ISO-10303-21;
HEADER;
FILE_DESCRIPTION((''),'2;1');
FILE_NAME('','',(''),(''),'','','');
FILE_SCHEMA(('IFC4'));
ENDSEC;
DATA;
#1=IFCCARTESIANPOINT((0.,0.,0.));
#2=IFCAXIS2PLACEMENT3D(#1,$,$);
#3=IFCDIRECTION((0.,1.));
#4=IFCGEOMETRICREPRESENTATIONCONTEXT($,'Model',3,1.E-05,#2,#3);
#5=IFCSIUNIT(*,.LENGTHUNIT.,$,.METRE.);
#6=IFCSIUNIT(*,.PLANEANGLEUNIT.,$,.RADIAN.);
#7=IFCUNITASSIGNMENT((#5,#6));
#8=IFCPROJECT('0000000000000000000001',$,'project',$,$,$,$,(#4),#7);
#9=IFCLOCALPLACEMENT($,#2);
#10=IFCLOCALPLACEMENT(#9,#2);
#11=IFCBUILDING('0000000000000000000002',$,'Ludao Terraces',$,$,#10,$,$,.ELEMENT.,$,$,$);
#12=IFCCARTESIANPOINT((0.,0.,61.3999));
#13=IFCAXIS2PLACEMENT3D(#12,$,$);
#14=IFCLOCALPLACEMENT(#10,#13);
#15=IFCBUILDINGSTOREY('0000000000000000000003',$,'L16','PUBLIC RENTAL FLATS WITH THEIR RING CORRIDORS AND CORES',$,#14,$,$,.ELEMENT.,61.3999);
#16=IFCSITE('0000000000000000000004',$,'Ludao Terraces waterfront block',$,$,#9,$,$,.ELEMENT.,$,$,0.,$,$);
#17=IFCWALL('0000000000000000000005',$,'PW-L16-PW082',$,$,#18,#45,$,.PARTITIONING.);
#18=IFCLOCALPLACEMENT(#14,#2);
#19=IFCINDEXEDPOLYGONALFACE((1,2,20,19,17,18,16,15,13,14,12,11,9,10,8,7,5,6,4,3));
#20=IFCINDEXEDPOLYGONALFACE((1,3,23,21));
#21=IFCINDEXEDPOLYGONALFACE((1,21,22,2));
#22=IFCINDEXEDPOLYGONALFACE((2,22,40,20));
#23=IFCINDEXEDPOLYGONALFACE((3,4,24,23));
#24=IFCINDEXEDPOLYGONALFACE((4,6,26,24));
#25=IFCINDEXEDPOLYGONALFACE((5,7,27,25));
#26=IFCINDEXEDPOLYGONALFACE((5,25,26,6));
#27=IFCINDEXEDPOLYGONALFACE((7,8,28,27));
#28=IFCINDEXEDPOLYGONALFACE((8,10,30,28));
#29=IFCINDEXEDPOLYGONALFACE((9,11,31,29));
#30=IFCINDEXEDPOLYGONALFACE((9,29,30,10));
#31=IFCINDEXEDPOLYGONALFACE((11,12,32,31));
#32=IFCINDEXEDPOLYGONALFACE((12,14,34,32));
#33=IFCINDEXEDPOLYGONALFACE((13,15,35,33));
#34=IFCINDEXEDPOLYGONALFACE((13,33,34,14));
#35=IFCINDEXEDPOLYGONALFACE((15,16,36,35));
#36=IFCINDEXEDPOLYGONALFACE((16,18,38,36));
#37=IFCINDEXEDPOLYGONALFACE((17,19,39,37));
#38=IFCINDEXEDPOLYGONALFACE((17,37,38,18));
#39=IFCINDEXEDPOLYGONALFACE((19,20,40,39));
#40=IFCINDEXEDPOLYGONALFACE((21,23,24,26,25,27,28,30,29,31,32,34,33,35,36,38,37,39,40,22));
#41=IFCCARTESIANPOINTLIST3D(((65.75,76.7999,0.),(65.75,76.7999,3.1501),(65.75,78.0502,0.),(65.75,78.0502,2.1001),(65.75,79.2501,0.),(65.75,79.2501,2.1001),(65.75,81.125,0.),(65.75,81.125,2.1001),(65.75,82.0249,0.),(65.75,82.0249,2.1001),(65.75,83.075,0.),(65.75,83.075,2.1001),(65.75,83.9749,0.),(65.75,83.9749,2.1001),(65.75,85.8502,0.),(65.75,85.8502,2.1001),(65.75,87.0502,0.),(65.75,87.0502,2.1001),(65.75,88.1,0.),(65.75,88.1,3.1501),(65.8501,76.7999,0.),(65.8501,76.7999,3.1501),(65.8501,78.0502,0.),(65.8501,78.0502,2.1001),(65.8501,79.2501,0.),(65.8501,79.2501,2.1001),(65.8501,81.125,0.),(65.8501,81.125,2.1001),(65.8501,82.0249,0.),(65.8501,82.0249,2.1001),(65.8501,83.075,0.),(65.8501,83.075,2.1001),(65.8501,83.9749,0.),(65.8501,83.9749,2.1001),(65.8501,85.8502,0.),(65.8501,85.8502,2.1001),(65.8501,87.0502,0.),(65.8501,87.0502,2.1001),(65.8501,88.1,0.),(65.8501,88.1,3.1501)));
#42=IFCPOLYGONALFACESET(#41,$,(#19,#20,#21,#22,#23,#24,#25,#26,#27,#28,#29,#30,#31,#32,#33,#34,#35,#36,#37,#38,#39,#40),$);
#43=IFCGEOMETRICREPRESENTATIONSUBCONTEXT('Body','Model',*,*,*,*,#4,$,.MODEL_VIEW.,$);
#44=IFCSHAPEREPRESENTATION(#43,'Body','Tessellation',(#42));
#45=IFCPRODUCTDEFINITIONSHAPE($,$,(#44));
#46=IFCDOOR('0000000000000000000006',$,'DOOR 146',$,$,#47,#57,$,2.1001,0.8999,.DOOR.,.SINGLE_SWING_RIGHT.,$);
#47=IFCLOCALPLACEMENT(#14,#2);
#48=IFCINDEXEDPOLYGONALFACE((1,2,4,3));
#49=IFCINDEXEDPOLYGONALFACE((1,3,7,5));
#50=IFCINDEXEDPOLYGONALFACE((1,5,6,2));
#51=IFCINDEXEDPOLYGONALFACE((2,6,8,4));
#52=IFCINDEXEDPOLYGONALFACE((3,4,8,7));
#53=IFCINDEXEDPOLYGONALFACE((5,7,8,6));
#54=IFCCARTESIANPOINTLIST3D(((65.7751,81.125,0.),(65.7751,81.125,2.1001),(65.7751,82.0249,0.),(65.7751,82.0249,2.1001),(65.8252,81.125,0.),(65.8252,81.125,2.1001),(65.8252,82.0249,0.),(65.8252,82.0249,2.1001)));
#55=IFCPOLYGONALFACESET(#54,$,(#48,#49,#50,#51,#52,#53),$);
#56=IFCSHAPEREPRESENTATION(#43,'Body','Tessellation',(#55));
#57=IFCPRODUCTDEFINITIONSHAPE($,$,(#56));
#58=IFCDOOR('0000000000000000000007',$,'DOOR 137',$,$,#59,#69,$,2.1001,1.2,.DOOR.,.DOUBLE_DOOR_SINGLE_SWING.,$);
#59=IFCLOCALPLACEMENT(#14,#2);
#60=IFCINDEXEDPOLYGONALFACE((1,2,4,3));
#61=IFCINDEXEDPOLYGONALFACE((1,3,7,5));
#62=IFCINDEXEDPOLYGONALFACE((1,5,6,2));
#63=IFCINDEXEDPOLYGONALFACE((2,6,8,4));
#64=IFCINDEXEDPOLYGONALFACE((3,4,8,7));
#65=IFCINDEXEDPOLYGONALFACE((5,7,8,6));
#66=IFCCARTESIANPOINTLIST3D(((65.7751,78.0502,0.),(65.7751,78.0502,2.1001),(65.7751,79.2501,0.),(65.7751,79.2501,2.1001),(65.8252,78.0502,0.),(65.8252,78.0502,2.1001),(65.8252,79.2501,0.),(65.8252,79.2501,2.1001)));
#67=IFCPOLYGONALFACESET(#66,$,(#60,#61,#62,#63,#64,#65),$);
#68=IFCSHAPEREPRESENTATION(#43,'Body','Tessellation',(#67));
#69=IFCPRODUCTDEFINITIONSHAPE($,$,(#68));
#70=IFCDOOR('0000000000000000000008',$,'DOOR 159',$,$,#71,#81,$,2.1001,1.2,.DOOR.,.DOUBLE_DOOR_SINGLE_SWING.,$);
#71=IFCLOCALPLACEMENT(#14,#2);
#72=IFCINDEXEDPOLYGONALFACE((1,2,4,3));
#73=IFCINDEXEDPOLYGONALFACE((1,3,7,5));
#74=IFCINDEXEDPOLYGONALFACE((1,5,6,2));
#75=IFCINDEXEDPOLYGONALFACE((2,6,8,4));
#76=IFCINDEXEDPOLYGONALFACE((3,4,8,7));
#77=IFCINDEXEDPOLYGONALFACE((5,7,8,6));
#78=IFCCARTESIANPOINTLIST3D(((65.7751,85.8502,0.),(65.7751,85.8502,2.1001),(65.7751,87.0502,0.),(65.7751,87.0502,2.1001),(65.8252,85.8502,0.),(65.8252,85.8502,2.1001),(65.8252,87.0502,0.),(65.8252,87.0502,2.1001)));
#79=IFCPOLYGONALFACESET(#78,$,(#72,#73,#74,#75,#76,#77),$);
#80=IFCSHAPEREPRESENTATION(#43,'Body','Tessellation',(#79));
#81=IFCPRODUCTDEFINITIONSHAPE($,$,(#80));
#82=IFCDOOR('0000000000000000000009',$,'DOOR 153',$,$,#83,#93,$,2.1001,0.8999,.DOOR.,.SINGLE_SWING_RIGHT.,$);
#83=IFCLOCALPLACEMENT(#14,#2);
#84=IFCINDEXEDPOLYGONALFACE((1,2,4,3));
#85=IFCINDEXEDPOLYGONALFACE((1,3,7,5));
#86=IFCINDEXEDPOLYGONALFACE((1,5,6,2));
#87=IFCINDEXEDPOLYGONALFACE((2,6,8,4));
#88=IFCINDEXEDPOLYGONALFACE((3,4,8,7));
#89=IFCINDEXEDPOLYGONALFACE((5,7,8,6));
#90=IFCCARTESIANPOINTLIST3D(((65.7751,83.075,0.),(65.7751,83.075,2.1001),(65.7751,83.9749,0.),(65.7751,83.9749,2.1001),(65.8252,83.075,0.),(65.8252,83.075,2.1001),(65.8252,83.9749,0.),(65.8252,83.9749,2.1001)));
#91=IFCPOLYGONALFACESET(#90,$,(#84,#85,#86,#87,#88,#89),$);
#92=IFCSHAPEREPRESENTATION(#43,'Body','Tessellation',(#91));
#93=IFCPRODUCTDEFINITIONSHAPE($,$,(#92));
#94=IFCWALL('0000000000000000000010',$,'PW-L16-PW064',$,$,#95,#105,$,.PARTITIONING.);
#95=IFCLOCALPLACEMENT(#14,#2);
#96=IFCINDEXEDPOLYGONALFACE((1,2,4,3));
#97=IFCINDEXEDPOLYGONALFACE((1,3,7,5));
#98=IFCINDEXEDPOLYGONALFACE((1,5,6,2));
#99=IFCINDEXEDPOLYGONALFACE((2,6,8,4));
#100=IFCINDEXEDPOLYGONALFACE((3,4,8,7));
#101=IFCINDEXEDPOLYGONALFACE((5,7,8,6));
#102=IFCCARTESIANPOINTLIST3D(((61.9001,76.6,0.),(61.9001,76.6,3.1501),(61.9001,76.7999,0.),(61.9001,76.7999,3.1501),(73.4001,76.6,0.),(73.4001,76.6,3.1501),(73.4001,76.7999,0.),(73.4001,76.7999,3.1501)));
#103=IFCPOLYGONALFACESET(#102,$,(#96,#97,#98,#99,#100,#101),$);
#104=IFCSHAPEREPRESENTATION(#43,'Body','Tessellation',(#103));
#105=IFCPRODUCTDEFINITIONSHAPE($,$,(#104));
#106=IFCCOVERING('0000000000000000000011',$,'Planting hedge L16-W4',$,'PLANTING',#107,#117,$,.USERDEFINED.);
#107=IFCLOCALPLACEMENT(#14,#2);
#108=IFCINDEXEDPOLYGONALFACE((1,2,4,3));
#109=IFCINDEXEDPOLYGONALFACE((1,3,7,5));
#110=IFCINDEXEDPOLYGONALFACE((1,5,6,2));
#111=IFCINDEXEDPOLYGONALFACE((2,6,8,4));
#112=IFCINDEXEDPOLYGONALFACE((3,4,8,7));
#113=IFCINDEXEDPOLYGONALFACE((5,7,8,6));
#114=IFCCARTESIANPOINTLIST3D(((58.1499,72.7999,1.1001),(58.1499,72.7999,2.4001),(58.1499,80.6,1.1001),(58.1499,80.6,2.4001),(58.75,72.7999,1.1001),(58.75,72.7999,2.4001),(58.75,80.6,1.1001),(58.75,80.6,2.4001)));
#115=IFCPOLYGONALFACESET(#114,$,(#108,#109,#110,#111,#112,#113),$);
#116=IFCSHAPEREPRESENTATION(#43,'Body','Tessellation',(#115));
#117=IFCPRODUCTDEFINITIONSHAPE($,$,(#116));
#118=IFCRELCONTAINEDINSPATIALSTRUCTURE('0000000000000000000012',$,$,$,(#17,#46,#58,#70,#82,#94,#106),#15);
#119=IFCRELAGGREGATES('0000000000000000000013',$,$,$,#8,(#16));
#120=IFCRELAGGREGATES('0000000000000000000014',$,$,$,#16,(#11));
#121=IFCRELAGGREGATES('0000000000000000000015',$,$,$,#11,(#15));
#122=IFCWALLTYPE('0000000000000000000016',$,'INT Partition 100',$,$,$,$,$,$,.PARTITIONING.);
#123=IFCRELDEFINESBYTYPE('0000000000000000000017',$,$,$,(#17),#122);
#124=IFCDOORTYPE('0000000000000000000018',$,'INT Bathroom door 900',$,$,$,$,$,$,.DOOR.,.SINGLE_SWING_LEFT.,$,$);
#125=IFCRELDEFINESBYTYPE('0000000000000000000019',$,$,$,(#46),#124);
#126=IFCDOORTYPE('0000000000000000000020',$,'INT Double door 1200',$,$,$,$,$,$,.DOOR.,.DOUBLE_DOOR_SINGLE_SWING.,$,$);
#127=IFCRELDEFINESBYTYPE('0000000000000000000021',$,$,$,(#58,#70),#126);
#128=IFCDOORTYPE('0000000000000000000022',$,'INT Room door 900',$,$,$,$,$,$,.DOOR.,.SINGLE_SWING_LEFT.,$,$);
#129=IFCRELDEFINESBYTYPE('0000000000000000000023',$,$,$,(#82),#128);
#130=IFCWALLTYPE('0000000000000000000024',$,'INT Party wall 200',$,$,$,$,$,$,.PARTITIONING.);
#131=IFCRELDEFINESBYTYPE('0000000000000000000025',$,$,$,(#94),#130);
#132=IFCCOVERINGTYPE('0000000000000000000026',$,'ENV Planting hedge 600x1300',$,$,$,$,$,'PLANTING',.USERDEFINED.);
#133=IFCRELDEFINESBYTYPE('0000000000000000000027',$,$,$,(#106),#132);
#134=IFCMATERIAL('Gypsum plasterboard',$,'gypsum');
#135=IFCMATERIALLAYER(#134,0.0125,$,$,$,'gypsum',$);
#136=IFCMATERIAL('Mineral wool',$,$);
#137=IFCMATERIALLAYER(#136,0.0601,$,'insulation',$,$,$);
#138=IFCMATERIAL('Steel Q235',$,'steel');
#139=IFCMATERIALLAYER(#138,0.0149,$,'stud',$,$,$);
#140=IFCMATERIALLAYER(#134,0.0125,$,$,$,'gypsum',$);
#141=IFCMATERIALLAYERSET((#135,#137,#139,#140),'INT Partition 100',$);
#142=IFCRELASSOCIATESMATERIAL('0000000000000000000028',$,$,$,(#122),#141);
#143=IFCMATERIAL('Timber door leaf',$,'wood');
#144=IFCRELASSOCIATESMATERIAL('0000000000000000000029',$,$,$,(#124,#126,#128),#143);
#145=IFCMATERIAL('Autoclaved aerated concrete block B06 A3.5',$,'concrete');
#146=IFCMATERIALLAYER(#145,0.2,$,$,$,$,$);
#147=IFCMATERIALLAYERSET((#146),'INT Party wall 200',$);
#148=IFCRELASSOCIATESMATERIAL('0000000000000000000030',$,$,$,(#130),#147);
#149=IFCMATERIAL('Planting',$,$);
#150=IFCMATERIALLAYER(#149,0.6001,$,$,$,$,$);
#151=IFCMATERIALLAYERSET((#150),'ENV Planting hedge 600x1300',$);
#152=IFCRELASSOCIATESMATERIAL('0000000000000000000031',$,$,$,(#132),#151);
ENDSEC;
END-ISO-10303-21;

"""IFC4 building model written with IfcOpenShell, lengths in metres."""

from ifc_helpers import new_model, si_unit, direction, frame, frame_2d, origin, origin_2d, place, context, subcontext, project, spatial, rectangle, extrude, material, layer, layer_set, type_object, element, fill, save


model = new_model("IFC4")

# Units and contexts
model_context = context("Model", 3, precision=1e-05, world=origin(), true_north=direction((0.0, 1.0)))
body_context = subcontext(model_context, "Body", "Model", "MODEL_VIEW")
ifc_project = project(units=[si_unit("LENGTHUNIT", "METRE"), si_unit("PLANEANGLEUNIT", "RADIAN")], contexts=[model_context])

# Site, building, storey
site_placement = place(None, origin())
site = spatial("IfcSite", under=ifc_project, at=site_placement, Name="Ludao Terraces waterfront block", CompositionType="ELEMENT", RefElevation=0.0)
building_placement = place(site_placement, origin())
building = spatial("IfcBuilding", under=site, at=building_placement, Name="Ludao Terraces", CompositionType="ELEMENT")
storey_placement = place(building_placement, frame((0.0, 0.0, 61.3999)))
storey = spatial("IfcBuildingStorey", under=building, at=storey_placement, Name="L16", Description="PUBLIC RENTAL FLATS WITH THEIR RING CORRIDORS AND CORES", CompositionType="ELEMENT", Elevation=61.3999)

# Shared definitions
ifc_material_1 = material(Name="Mineral wool")

# Shared definitions
ifc_material_2 = material(Name="Gypsum plasterboard", Category="gypsum")
ifc_layer_1 = layer(ifc_material_2, 0.0125, Category="gypsum")
ifc_layer_2 = layer(ifc_material_1, 0.0601, Name="insulation")
ifc_material_3 = material(Name="Steel Q235", Category="steel")
ifc_layer_3 = layer(ifc_material_3, 0.0149, Name="stud")
ifc_layer_4 = layer(ifc_material_2, 0.0125, Category="gypsum")
ifc_layer_set_1 = layer_set([ifc_layer_1, ifc_layer_2, ifc_layer_3, ifc_layer_4], Name="INT Partition 100")
wall_type_1 = type_object("IfcWallType", Name="INT Partition 100", PredefinedType="PARTITIONING", material=ifc_layer_set_1)

# Wall, openings, doors
wall_1_placement = place(storey_placement, frame((65.8, 76.8, 0.0), z_axis=(0.0, 0.0, 1.0), x_axis=(0.0, 1.0, 0.0)))
wall_1 = element("IfcWall", 1, at=wall_1_placement, inside=storey, type_object=wall_type_1, Name="PW-L16-PW082", PredefinedType="PARTITIONING", context=body_context, shape_type="SweptSolid", body=[
    extrude(rectangle(XDim=11.3, YDim=0.1001, at=frame_2d((5.6499, 0.0))), origin(), (0.0, 0.0, 1.0), 3.1501),
])
opening_1_placement = place(wall_1_placement, frame((1.25, 0.0, 0.0)))
opening_1 = element("IfcOpeningElement", 2, at=opening_1_placement, cuts=wall_1, PredefinedType="OPENING", context=body_context, shape_type="SweptSolid", body=[
    extrude(rectangle(XDim=1.2, YDim=2.1001, at=frame_2d((0.6001, 1.05))), frame((0.0, 0.0601, 0.0), z_axis=(0.0, -1.0, 0.0), x_axis=(1.0, 0.0, 0.0)), (0.0, 0.0, 1.0), 0.1201),
])
opening_2_placement = place(wall_1_placement, frame((4.325, 0.0, 0.0)))
opening_2 = element("IfcOpeningElement", 3, at=opening_2_placement, cuts=wall_1, PredefinedType="OPENING", context=body_context, shape_type="SweptSolid", body=[
    extrude(rectangle(XDim=0.8999, YDim=2.1001, at=frame_2d((0.45, 1.05))), frame((0.0, 0.0601, 0.0), z_axis=(0.0, -1.0, 0.0), x_axis=(1.0, 0.0, 0.0)), (0.0, 0.0, 1.0), 0.1201),
])
opening_3_placement = place(wall_1_placement, frame((6.2749, 0.0, 0.0)))
opening_3 = element("IfcOpeningElement", 4, at=opening_3_placement, cuts=wall_1, PredefinedType="OPENING", context=body_context, shape_type="SweptSolid", body=[
    extrude(rectangle(XDim=0.8999, YDim=2.1001, at=frame_2d((0.45, 1.05))), frame((0.0, 0.0601, 0.0), z_axis=(0.0, -1.0, 0.0), x_axis=(1.0, 0.0, 0.0)), (0.0, 0.0, 1.0), 0.1201),
])
opening_4_placement = place(wall_1_placement, frame((9.05, 0.0, 0.0)))
opening_4 = element("IfcOpeningElement", 5, at=opening_4_placement, cuts=wall_1, PredefinedType="OPENING", context=body_context, shape_type="SweptSolid", body=[
    extrude(rectangle(XDim=1.2, YDim=2.1001, at=frame_2d((0.6001, 1.05))), frame((0.0, 0.0601, 0.0), z_axis=(0.0, -1.0, 0.0), x_axis=(1.0, 0.0, 0.0)), (0.0, 0.0, 1.0), 0.1201),
])
ifc_material_4 = material(Name="Timber door leaf", Category="wood")
door_type_1 = type_object("IfcDoorType", Name="INT Bathroom door 900", OperationType="SINGLE_SWING_LEFT", PredefinedType="DOOR", material=ifc_material_4)
door_1_placement = place(opening_2_placement, origin())
door_1 = element("IfcDoor", 6, at=door_1_placement, inside=storey, type_object=door_type_1, Name="DOOR 146", OperationType="SINGLE_SWING_RIGHT", OverallHeight=2.1001, OverallWidth=0.8999, PredefinedType="DOOR", context=body_context, shape_type="SweptSolid", body=[
    extrude(rectangle(XDim=0.8999, YDim=2.1001, at=frame_2d((0.45, 1.05))), frame((0.0, 0.0249, 0.0), z_axis=(0.0, -1.0, 0.0), x_axis=(1.0, 0.0, 0.0)), (0.0, 0.0, 1.0), 0.05),
])
fill(opening_2, door_1)
door_type_2 = type_object("IfcDoorType", Name="INT Double door 1200", OperationType="DOUBLE_DOOR_SINGLE_SWING", PredefinedType="DOOR", material=ifc_material_4)
door_2_placement = place(opening_1_placement, origin())
door_2 = element("IfcDoor", 7, at=door_2_placement, inside=storey, type_object=door_type_2, Name="DOOR 137", OperationType="DOUBLE_DOOR_SINGLE_SWING", OverallHeight=2.1001, OverallWidth=1.2, PredefinedType="DOOR", context=body_context, shape_type="SweptSolid", body=[
    extrude(rectangle(XDim=1.2, YDim=2.1001, at=frame_2d((0.6001, 1.05))), frame((0.0, 0.0249, 0.0), z_axis=(0.0, -1.0, 0.0), x_axis=(1.0, 0.0, 0.0)), (0.0, 0.0, 1.0), 0.05),
])
fill(opening_1, door_2)
door_3_placement = place(opening_4_placement, origin())
door_3 = element("IfcDoor", 8, at=door_3_placement, inside=storey, type_object=door_type_2, Name="DOOR 159", OperationType="DOUBLE_DOOR_SINGLE_SWING", OverallHeight=2.1001, OverallWidth=1.2, PredefinedType="DOOR", context=body_context, shape_type="SweptSolid", body=[
    extrude(rectangle(XDim=1.2, YDim=2.1001, at=frame_2d((0.6001, 1.05))), frame((0.0, 0.0249, 0.0), z_axis=(0.0, -1.0, 0.0), x_axis=(1.0, 0.0, 0.0)), (0.0, 0.0, 1.0), 0.05),
])
fill(opening_4, door_3)
door_type_3 = type_object("IfcDoorType", Name="INT Room door 900", OperationType="SINGLE_SWING_LEFT", PredefinedType="DOOR", material=ifc_material_4)
door_4_placement = place(opening_3_placement, origin())
door_4 = element("IfcDoor", 9, at=door_4_placement, inside=storey, type_object=door_type_3, Name="DOOR 153", OperationType="SINGLE_SWING_RIGHT", OverallHeight=2.1001, OverallWidth=0.8999, PredefinedType="DOOR", context=body_context, shape_type="SweptSolid", body=[
    extrude(rectangle(XDim=0.8999, YDim=2.1001, at=frame_2d((0.45, 1.05))), frame((0.0, 0.0249, 0.0), z_axis=(0.0, -1.0, 0.0), x_axis=(1.0, 0.0, 0.0)), (0.0, 0.0, 1.0), 0.05),
])
fill(opening_3, door_4)

# Wall
ifc_material_5 = material(Name="Autoclaved aerated concrete block B06 A3.5", Category="concrete")
ifc_layer_5 = layer(ifc_material_5, 0.2)
ifc_layer_set_2 = layer_set([ifc_layer_5], Name="INT Party wall 200")
wall_type_2 = type_object("IfcWallType", Name="INT Party wall 200", PredefinedType="PARTITIONING", material=ifc_layer_set_2)
wall_2_placement = place(storey_placement, frame((61.9001, 76.7, 0.0), z_axis=(0.0, 0.0, 1.0), x_axis=(1.0, 0.0, 0.0)))
element("IfcWall", 10, at=wall_2_placement, inside=storey, type_object=wall_type_2, Name="PW-L16-PW064", PredefinedType="PARTITIONING", context=body_context, shape_type="SweptSolid", body=[
    extrude(rectangle(XDim=11.5, YDim=0.2, at=frame_2d((5.75, 0.0))), origin(), (0.0, 0.0, 1.0), 3.1501),
])

# Covering
ifc_material_6 = material(Name="Planting")
ifc_layer_6 = layer(ifc_material_6, 0.6001)
ifc_layer_set_3 = layer_set([ifc_layer_6], Name="ENV Planting hedge 600x1300")
covering_type = type_object("IfcCoveringType", Name="ENV Planting hedge 600x1300", ElementType="PLANTING", PredefinedType="USERDEFINED", material=ifc_layer_set_3)
covering_placement = place(storey_placement, frame((58.45, 76.7, 1.1001), z_axis=(0.0, 0.0, 1.0), x_axis=(1.0, 0.0, 0.0)))
element("IfcCovering", 11, at=covering_placement, inside=storey, type_object=covering_type, Name="Planting hedge L16-W4", ObjectType="PLANTING", PredefinedType="USERDEFINED", context=body_context, shape_type="SweptSolid", body=[
    extrude(rectangle(XDim=0.6001, YDim=7.8, at=origin_2d()), origin(), (0.0, 0.0, 1.0), 1.3),
])

save(model, "model.ifc")
